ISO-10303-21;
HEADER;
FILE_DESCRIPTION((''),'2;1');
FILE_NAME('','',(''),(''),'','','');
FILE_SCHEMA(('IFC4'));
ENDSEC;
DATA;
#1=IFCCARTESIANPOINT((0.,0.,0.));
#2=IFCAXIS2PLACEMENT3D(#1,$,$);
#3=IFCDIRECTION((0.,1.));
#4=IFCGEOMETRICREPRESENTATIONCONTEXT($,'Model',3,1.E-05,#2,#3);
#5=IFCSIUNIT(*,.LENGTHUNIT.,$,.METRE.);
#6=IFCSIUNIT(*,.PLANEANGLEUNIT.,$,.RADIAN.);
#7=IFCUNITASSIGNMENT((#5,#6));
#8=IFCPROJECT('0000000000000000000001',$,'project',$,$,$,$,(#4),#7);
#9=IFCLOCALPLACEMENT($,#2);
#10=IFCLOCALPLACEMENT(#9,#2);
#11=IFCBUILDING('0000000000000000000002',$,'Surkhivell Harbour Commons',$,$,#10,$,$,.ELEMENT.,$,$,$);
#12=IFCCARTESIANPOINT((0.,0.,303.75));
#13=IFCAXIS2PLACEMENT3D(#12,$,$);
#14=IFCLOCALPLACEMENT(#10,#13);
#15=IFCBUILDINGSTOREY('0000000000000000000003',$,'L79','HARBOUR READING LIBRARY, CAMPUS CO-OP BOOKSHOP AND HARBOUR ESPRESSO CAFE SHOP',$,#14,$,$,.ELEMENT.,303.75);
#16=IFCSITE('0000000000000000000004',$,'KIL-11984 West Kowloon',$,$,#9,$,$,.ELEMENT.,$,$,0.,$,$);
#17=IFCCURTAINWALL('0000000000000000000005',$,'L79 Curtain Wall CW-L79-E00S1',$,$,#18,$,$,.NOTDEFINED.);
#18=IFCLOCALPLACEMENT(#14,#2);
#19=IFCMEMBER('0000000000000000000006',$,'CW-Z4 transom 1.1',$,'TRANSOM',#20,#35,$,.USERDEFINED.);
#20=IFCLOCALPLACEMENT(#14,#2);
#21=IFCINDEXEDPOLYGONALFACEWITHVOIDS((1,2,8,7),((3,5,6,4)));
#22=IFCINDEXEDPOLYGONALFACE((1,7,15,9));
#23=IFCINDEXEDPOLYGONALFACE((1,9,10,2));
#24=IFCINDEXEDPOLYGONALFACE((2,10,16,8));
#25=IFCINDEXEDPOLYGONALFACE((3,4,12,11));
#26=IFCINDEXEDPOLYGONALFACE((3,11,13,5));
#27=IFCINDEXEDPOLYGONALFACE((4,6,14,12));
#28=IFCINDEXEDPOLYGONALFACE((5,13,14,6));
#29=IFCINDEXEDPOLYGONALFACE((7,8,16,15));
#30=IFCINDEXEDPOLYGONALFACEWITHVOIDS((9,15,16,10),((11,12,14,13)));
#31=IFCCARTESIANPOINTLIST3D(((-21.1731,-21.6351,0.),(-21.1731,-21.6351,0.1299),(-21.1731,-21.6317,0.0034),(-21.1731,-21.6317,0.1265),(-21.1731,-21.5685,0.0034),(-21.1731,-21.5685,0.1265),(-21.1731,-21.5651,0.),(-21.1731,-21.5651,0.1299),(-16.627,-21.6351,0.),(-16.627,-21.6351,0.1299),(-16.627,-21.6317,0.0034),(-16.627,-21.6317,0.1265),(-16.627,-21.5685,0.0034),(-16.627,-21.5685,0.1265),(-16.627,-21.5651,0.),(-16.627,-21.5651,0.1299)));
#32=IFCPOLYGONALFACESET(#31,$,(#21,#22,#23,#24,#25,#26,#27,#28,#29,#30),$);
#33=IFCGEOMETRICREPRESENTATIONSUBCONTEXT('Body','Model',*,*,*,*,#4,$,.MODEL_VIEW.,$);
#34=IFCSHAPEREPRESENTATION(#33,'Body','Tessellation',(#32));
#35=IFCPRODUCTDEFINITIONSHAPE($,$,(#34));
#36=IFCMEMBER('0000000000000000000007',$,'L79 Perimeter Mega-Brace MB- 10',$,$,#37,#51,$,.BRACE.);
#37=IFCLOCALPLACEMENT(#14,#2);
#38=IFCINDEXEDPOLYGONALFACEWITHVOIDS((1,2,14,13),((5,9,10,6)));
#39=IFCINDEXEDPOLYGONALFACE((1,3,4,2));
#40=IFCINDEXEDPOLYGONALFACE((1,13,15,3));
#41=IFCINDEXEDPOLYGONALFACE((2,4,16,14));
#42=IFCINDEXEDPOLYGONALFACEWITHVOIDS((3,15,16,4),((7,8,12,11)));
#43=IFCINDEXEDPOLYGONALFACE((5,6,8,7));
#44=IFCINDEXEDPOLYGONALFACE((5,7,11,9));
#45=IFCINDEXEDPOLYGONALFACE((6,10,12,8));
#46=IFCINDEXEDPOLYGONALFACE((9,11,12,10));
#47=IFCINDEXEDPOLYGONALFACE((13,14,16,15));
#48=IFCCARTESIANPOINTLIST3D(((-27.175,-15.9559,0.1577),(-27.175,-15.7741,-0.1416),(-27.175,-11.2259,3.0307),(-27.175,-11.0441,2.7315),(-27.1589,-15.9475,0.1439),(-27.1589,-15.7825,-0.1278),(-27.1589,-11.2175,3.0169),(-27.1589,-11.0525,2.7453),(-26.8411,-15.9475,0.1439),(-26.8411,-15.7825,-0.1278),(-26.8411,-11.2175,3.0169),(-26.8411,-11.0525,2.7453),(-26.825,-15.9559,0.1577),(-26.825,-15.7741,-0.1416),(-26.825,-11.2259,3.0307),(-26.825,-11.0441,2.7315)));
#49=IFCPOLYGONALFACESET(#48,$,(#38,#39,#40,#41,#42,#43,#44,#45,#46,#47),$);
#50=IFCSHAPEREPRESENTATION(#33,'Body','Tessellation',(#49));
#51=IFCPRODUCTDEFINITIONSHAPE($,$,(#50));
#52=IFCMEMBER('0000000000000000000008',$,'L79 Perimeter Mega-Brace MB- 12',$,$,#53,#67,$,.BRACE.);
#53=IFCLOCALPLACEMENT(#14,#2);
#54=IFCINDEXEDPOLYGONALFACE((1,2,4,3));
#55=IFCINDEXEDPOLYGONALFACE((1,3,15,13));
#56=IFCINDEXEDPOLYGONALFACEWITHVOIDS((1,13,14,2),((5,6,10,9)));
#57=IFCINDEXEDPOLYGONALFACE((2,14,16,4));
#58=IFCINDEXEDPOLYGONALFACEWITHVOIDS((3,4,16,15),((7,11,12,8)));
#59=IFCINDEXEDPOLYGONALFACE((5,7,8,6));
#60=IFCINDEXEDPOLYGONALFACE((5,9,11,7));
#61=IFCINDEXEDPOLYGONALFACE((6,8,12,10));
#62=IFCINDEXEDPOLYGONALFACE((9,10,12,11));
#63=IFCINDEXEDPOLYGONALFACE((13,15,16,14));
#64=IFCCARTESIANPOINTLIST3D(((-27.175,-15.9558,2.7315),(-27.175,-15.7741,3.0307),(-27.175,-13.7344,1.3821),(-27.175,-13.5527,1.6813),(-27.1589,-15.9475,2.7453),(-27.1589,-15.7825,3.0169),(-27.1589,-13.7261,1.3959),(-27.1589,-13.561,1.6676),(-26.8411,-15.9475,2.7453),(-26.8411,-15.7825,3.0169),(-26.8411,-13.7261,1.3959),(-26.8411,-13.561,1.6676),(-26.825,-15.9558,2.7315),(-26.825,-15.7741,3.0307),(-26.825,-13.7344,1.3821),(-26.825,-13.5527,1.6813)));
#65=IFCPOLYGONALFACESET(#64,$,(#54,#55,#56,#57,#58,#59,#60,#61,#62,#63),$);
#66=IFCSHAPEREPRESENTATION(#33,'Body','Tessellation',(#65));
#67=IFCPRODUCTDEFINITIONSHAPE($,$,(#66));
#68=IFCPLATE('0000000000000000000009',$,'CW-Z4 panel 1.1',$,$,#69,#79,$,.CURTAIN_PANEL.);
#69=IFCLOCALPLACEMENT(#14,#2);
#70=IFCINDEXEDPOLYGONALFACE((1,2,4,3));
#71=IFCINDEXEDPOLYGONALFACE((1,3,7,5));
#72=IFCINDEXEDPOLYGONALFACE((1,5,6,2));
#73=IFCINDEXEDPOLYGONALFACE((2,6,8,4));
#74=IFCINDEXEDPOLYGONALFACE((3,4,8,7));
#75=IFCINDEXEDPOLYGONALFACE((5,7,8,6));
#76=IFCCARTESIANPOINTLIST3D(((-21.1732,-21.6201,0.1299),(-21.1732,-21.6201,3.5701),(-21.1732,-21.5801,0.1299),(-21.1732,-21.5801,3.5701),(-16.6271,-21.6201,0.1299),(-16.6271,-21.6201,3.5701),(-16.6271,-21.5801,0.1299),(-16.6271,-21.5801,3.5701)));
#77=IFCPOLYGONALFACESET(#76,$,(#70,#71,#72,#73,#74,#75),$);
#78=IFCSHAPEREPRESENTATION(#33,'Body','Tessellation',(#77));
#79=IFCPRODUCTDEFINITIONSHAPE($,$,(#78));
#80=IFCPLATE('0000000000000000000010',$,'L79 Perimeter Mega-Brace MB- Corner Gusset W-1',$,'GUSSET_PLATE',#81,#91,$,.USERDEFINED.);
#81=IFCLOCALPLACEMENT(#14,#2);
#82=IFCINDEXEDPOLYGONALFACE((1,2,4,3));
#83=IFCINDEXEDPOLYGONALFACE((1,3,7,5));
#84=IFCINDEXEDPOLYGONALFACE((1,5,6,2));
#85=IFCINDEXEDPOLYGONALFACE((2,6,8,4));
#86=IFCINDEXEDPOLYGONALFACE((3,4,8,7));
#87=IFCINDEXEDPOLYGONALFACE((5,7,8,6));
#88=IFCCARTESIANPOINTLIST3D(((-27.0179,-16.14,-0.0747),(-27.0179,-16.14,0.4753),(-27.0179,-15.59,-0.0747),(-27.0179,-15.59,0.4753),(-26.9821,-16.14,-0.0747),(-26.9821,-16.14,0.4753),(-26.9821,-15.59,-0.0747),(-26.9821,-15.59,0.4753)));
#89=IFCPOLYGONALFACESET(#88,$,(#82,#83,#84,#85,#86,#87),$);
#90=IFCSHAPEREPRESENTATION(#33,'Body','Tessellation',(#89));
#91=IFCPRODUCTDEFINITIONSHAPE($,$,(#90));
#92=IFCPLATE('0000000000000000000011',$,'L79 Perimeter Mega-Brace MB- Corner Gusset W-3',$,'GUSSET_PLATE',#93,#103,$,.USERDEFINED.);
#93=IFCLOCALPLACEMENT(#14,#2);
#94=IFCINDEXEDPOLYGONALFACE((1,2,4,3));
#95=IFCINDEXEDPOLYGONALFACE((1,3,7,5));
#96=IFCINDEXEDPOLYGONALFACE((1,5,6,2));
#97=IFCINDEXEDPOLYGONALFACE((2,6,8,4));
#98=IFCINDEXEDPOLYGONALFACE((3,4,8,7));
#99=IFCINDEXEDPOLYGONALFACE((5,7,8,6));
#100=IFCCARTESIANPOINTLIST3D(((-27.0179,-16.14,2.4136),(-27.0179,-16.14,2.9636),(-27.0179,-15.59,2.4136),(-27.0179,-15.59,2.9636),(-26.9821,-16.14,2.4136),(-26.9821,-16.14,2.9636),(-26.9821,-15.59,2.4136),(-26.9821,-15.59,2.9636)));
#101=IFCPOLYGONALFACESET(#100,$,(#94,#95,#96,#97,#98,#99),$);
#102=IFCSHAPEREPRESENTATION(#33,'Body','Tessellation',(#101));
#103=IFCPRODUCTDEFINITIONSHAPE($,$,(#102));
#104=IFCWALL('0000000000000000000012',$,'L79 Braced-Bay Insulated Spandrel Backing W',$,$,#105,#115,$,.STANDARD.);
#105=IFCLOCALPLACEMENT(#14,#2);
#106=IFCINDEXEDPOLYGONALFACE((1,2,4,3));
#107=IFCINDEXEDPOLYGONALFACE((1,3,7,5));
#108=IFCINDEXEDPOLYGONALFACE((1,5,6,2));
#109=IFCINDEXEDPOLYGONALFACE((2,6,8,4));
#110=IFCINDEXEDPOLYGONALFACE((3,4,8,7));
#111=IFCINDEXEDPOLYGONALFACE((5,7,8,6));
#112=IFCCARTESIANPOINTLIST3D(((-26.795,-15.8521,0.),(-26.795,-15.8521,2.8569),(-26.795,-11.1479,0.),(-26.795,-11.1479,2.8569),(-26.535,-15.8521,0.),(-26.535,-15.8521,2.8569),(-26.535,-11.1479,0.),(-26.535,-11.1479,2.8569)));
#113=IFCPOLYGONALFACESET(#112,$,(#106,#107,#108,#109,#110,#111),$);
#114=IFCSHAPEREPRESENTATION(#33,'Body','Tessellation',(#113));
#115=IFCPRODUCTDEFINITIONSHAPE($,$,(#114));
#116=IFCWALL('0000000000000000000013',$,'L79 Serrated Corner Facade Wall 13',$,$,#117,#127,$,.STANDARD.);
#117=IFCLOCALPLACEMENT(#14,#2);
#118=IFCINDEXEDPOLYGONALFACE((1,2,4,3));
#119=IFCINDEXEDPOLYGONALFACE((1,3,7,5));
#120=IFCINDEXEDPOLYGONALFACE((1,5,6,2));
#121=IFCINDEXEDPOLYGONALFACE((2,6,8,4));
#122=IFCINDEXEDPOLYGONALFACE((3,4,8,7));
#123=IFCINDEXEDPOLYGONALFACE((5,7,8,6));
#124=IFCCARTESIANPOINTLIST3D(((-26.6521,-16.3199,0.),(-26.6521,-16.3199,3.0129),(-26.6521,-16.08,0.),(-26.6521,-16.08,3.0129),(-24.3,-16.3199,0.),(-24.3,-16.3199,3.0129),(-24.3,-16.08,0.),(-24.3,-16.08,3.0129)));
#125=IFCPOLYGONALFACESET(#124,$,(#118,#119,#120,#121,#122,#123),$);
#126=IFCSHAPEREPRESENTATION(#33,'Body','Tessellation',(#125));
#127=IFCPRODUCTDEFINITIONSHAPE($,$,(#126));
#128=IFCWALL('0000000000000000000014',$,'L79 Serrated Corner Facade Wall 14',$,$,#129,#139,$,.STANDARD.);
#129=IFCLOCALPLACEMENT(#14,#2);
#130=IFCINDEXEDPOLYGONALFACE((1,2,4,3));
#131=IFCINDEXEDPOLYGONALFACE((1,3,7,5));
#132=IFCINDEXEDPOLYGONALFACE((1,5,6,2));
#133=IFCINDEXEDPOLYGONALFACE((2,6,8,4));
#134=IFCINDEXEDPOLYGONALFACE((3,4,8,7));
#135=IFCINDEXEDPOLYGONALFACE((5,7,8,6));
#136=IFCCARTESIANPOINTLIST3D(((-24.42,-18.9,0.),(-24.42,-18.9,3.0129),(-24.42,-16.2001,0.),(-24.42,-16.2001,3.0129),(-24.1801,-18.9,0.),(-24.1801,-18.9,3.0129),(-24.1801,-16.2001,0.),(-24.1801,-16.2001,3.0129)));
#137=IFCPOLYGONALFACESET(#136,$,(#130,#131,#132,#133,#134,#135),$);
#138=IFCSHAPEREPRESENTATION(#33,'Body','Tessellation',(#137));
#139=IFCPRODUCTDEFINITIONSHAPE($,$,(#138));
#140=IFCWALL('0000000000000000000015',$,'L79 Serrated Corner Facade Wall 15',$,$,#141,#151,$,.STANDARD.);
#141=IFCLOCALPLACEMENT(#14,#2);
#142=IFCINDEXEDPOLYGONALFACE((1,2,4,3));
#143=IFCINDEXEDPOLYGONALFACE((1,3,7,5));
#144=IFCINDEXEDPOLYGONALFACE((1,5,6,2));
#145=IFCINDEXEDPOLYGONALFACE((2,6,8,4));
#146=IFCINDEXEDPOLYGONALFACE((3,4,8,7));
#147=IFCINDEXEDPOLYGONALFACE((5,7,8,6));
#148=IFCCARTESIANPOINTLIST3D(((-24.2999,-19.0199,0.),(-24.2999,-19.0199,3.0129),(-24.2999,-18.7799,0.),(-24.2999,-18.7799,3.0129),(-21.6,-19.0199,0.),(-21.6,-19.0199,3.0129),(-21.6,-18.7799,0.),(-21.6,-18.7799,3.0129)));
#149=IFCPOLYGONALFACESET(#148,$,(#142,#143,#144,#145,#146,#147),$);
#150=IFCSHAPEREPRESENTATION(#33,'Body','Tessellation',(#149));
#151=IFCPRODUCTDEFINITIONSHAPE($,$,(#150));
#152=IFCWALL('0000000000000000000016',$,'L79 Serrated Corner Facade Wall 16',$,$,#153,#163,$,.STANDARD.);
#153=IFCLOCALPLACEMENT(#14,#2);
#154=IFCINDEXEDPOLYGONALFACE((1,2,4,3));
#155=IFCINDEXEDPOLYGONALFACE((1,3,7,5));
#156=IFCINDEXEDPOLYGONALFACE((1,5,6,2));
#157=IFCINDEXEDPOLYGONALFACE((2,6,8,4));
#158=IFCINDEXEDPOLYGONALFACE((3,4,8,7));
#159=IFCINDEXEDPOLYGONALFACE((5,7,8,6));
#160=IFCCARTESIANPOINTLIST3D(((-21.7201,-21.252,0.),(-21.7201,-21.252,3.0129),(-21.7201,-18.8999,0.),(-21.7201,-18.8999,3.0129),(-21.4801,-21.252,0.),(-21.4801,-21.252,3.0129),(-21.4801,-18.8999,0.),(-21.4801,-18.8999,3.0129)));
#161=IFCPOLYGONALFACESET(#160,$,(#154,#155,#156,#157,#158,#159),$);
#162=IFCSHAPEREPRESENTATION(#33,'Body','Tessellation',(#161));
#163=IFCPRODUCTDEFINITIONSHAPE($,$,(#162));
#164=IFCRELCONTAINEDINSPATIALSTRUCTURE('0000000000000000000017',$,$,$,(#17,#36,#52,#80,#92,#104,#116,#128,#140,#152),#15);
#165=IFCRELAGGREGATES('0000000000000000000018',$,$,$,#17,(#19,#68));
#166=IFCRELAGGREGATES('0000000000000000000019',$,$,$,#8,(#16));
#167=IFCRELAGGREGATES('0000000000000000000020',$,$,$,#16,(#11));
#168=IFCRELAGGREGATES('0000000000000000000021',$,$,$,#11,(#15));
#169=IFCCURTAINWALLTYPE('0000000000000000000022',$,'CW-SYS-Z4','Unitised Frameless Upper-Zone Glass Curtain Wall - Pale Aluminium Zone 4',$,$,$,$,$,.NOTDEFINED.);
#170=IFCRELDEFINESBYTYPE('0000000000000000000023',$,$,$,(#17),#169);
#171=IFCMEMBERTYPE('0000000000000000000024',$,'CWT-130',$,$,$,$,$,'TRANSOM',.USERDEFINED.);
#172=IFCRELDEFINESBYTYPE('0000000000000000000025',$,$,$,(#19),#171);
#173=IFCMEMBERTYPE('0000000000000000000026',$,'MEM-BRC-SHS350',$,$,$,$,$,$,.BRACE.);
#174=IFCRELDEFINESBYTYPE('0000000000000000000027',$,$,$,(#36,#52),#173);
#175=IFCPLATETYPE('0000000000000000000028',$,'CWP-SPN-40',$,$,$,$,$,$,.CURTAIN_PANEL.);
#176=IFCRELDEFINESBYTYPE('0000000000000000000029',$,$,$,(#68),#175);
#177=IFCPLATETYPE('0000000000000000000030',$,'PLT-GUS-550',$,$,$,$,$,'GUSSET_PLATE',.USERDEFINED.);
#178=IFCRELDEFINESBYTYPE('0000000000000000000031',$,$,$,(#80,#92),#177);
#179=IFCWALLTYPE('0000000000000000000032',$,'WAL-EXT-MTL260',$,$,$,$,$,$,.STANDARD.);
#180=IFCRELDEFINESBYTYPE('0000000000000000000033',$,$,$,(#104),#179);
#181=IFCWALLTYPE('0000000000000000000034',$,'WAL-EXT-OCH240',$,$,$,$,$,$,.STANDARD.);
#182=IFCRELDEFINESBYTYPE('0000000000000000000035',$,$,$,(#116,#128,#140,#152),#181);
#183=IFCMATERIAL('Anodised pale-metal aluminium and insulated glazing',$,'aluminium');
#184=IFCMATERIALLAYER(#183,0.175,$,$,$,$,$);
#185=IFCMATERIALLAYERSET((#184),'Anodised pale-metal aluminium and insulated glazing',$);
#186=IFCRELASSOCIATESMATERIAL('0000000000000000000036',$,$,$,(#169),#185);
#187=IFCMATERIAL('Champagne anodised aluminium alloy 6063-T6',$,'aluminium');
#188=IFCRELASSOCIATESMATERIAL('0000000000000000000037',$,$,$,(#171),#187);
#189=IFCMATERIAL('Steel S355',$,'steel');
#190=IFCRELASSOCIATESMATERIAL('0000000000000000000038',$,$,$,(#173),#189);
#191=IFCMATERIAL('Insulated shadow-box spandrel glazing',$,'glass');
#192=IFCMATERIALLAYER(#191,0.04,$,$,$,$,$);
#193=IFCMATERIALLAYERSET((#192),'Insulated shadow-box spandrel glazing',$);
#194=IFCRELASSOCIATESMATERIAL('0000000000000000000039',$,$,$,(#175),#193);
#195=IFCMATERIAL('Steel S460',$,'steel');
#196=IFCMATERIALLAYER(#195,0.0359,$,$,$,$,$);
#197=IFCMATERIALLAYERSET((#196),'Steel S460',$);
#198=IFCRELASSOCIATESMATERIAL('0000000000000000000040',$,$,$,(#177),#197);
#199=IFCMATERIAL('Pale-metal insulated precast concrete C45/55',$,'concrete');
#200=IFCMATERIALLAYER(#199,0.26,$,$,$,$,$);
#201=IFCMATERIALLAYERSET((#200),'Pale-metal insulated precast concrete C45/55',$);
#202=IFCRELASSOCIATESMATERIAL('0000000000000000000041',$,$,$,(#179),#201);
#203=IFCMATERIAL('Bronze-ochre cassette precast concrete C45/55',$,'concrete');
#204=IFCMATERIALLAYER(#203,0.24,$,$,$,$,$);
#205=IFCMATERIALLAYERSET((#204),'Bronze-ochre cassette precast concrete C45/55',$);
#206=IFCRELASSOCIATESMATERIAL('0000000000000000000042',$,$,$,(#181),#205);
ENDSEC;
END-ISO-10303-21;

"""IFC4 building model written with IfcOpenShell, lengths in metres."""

from ifc_helpers import new_model, si_unit, direction, frame, frame_2d, origin, origin_2d, place, context, subcontext, project, spatial, rectangle, hollow_rectangle, extrude, material, layer, layer_set, material_profile, profile_set, type_object, element, aggregate, save


model = new_model("IFC4")

# Units and contexts
model_context = context("Model", 3, precision=1e-05, world=origin(), true_north=direction((0.0, 1.0)))
body_context = subcontext(model_context, "Body", "Model", "MODEL_VIEW")
ifc_project = project(units=[si_unit("LENGTHUNIT", "METRE"), si_unit("PLANEANGLEUNIT", "RADIAN")], contexts=[model_context])

# Site, building, storey
site_placement = place(None, origin())
site = spatial("IfcSite", under=ifc_project, at=site_placement, Name="KIL-11984 West Kowloon", CompositionType="ELEMENT", RefElevation=0.0)
building_placement = place(site_placement, origin())
building = spatial("IfcBuilding", under=site, at=building_placement, Name="Surkhivell Harbour Commons", CompositionType="ELEMENT")
storey_placement = place(building_placement, frame((0.0, 0.0, 303.75)))
storey = spatial("IfcBuildingStorey", under=building, at=storey_placement, Name="L79", Description="HARBOUR READING LIBRARY, CAMPUS CO-OP BOOKSHOP AND HARBOUR ESPRESSO CAFE SHOP", CompositionType="ELEMENT", Elevation=303.75)

# Shared definitions
ifc_material_1 = material(Name="Steel S355", Category="steel")

# Curtain wall, member
ifc_material_2 = material(Name="Anodised pale-metal aluminium and insulated glazing", Category="aluminium")
ifc_layer_1 = layer(ifc_material_2, 0.175)
ifc_layer_set_1 = layer_set([ifc_layer_1], Name="Anodised pale-metal aluminium and insulated glazing")
curtain_wall_type = type_object("IfcCurtainWallType", Name="CW-SYS-Z4", Description="Unitised Frameless Upper-Zone Glass Curtain Wall - Pale Aluminium Zone 4", PredefinedType="NOTDEFINED", material=ifc_layer_set_1)
curtain_wall_placement = place(storey_placement, origin())
curtain_wall = element("IfcCurtainWall", 1, at=curtain_wall_placement, inside=storey, type_object=curtain_wall_type, Name="L79 Curtain Wall CW-L79-E00S1", PredefinedType="NOTDEFINED")
ifc_material_3 = material(Name="Champagne anodised aluminium alloy 6063-T6", Category="aluminium")
ifc_material_profile_1 = material_profile(ifc_material_3, hollow_rectangle(XDim=0.0701, YDim=0.1299, WallThickness=0.0034, at=origin_2d()), Name="ALU-TRAN-70x130")
ifc_profile_set_1 = profile_set([ifc_material_profile_1], Name="Champagne anodised aluminium alloy 6063-T6")
member_type_1 = type_object("IfcMemberType", Name="CWT-130", ElementType="TRANSOM", PredefinedType="USERDEFINED", material=ifc_profile_set_1)
member_1_placement = place(storey_placement, frame((-21.1731, -21.6001, 0.0649), z_axis=(1.0, 0.0, 0.0), x_axis=(0.0, 1.0, 0.0)))
member_1 = element("IfcMember", 2, at=member_1_placement, type_object=member_type_1, Name="CW-Z4 transom 1.1", ObjectType="TRANSOM", PredefinedType="USERDEFINED", context=body_context, shape_type="SweptSolid", body=[
    extrude(hollow_rectangle(XDim=0.0701, YDim=0.1299, WallThickness=0.0034, at=origin_2d()), origin(), (0.0, 0.0, 1.0), 4.5461),
])

# Members
ifc_material_profile_2 = material_profile(ifc_material_1, hollow_rectangle(XDim=0.3501, YDim=0.3501, WallThickness=0.0161, at=origin_2d()), Name="SHS350x350x16")
ifc_profile_set_2 = profile_set([ifc_material_profile_2], Name="Steel S355")
member_type_2 = type_object("IfcMemberType", Name="MEM-BRC-SHS350", PredefinedType="BRACE", material=ifc_profile_set_2)
member_2_placement = place(storey_placement, frame((-27.0, -15.865, 0.0081), z_axis=(0.0, 0.854685, 0.519146), x_axis=(-1.0, 0.0, 0.0)))
element("IfcMember", 3, at=member_2_placement, inside=storey, type_object=member_type_2, Name="L79 Perimeter Mega-Brace MB- 10", PredefinedType="BRACE", context=body_context, shape_type="SweptSolid", body=[
    extrude(hollow_rectangle(XDim=0.3501, YDim=0.3501, WallThickness=0.0161, at=origin_2d()), origin(), (0.0, 0.0, 1.0), 5.5342),
])
member_3_placement = place(storey_placement, frame((-27.0, -13.6436, 1.5317), z_axis=(0.0, -0.854679, 0.519157), x_axis=(1.0, 0.0, 0.0)))
element("IfcMember", 4, at=member_3_placement, inside=storey, type_object=member_type_2, Name="L79 Perimeter Mega-Brace MB- 12", PredefinedType="BRACE", context=body_context, shape_type="SweptSolid", body=[
    extrude(hollow_rectangle(XDim=0.3501, YDim=0.3501, WallThickness=0.0161, at=origin_2d()), origin(), (0.0, 0.0, 1.0), 2.5991),
])

# Plate
ifc_material_4 = material(Name="Insulated shadow-box spandrel glazing", Category="glass")
ifc_layer_2 = layer(ifc_material_4, 0.04)
ifc_layer_set_2 = layer_set([ifc_layer_2], Name="Insulated shadow-box spandrel glazing")
plate_type_1 = type_object("IfcPlateType", Name="CWP-SPN-40", PredefinedType="CURTAIN_PANEL", material=ifc_layer_set_2)
plate_placement = place(storey_placement, frame((-21.1731, -21.6001, 0.1299), z_axis=(0.0, 0.0, 1.0), x_axis=(1.0, 0.0, 0.0)))
plate = element("IfcPlate", 5, at=plate_placement, type_object=plate_type_1, Name="CW-Z4 panel 1.1", PredefinedType="CURTAIN_PANEL", context=body_context, shape_type="SweptSolid", body=[
    extrude(rectangle(XDim=4.5461, YDim=0.04, at=frame_2d((2.2729, 0.0))), origin(), (0.0, 0.0, 1.0), 3.4402),
])
aggregate(curtain_wall, [member_1, plate])

# Plates
ifc_material_5 = material(Name="Steel S460", Category="steel")
ifc_layer_3 = layer(ifc_material_5, 0.0359)
ifc_layer_set_3 = layer_set([ifc_layer_3], Name="Steel S460")
plate_type_2 = type_object("IfcPlateType", Name="PLT-GUS-550", ElementType="GUSSET_PLATE", PredefinedType="USERDEFINED", material=ifc_layer_set_3)
for number, where, z_axis, x_axis, name in (
    (6, (-27.0, -15.865, -0.0747), (0.0, 0.0, 1.0), (0.0, 1.0, 0.0), "L79 Perimeter Mega-Brace MB- Corner Gusset W-1"),
    (7, (-27.0, -15.865, 2.4136), (0.0, 0.0, 1.0), (0.0, 1.0, 0.0), "L79 Perimeter Mega-Brace MB- Corner Gusset W-3"),
):
    element("IfcPlate", number, at=place(storey_placement, frame(where, z_axis=z_axis, x_axis=x_axis)), inside=storey, type_object=plate_type_2, Name=name, ObjectType="GUSSET_PLATE", PredefinedType="USERDEFINED", context=body_context, shape_type="SweptSolid", body=[
        extrude(rectangle(XDim=0.55, YDim=0.0359, at=origin_2d()), origin(), (0.0, 0.0, 1.0), 0.55),
    ])

# Walls
ifc_material_6 = material(Name="Pale-metal insulated precast concrete C45/55", Category="concrete")
ifc_layer_4 = layer(ifc_material_6, 0.26)
ifc_layer_set_4 = layer_set([ifc_layer_4], Name="Pale-metal insulated precast concrete C45/55")
wall_type_1 = type_object("IfcWallType", Name="WAL-EXT-MTL260", PredefinedType="STANDARD", material=ifc_layer_set_4)
wall_1_placement = place(storey_placement, frame((-26.665, -15.8521, 0.0), z_axis=(0.0, 0.0, 1.0), x_axis=(0.0, 1.0, 0.0)))
element("IfcWall", 8, at=wall_1_placement, inside=storey, type_object=wall_type_1, Name="L79 Braced-Bay Insulated Spandrel Backing W", PredefinedType="STANDARD", context=body_context, shape_type="SweptSolid", body=[
    extrude(rectangle(XDim=4.7041, YDim=0.26, at=frame_2d((2.3521, 0.0))), origin(), (0.0, 0.0, 1.0), 2.8569),
])
ifc_material_7 = material(Name="Bronze-ochre cassette precast concrete C45/55", Category="concrete")
ifc_layer_5 = layer(ifc_material_7, 0.24)
ifc_layer_set_5 = layer_set([ifc_layer_5], Name="Bronze-ochre cassette precast concrete C45/55")
wall_type_2 = type_object("IfcWallType", Name="WAL-EXT-OCH240", PredefinedType="STANDARD", material=ifc_layer_set_5)
wall_2_placement = place(storey_placement, frame((-26.6521, -16.2, 0.0), z_axis=(0.0, 0.0, 1.0), x_axis=(1.0, 0.0, 0.0)))
element("IfcWall", 9, at=wall_2_placement, inside=storey, type_object=wall_type_2, Name="L79 Serrated Corner Facade Wall 13", PredefinedType="STANDARD", context=body_context, shape_type="SweptSolid", body=[
    extrude(rectangle(XDim=2.3521, YDim=0.24, at=frame_2d((1.176, 0.0))), origin(), (0.0, 0.0, 1.0), 3.0129),
])
for number, where, z_axis, x_axis, name in (
    (10, (-24.3, -16.2, 0.0), (0.0, 0.0, 1.0), (0.0, -1.0, 0.0), "L79 Serrated Corner Facade Wall 14"),
    (11, (-24.3, -18.8999, 0.0), (0.0, 0.0, 1.0), (1.0, 0.0, 0.0), "L79 Serrated Corner Facade Wall 15"),
):
    element("IfcWall", number, at=place(storey_placement, frame(where, z_axis=z_axis, x_axis=x_axis)), inside=storey, type_object=wall_type_2, Name=name, PredefinedType="STANDARD", context=body_context, shape_type="SweptSolid", body=[
        extrude(rectangle(XDim=2.7, YDim=0.24, at=frame_2d((1.3501, 0.0))), origin(), (0.0, 0.0, 1.0), 3.0129),
    ])
wall_3_placement = place(storey_placement, frame((-21.6001, -18.8999, 0.0), z_axis=(0.0, 0.0, 1.0), x_axis=(0.0, -1.0, 0.0)))
element("IfcWall", 12, at=wall_3_placement, inside=storey, type_object=wall_type_2, Name="L79 Serrated Corner Facade Wall 16", PredefinedType="STANDARD", context=body_context, shape_type="SweptSolid", body=[
    extrude(rectangle(XDim=2.3521, YDim=0.24, at=frame_2d((1.176, 0.0))), origin(), (0.0, 0.0, 1.0), 3.0129),
])

save(model, "model.ifc")
